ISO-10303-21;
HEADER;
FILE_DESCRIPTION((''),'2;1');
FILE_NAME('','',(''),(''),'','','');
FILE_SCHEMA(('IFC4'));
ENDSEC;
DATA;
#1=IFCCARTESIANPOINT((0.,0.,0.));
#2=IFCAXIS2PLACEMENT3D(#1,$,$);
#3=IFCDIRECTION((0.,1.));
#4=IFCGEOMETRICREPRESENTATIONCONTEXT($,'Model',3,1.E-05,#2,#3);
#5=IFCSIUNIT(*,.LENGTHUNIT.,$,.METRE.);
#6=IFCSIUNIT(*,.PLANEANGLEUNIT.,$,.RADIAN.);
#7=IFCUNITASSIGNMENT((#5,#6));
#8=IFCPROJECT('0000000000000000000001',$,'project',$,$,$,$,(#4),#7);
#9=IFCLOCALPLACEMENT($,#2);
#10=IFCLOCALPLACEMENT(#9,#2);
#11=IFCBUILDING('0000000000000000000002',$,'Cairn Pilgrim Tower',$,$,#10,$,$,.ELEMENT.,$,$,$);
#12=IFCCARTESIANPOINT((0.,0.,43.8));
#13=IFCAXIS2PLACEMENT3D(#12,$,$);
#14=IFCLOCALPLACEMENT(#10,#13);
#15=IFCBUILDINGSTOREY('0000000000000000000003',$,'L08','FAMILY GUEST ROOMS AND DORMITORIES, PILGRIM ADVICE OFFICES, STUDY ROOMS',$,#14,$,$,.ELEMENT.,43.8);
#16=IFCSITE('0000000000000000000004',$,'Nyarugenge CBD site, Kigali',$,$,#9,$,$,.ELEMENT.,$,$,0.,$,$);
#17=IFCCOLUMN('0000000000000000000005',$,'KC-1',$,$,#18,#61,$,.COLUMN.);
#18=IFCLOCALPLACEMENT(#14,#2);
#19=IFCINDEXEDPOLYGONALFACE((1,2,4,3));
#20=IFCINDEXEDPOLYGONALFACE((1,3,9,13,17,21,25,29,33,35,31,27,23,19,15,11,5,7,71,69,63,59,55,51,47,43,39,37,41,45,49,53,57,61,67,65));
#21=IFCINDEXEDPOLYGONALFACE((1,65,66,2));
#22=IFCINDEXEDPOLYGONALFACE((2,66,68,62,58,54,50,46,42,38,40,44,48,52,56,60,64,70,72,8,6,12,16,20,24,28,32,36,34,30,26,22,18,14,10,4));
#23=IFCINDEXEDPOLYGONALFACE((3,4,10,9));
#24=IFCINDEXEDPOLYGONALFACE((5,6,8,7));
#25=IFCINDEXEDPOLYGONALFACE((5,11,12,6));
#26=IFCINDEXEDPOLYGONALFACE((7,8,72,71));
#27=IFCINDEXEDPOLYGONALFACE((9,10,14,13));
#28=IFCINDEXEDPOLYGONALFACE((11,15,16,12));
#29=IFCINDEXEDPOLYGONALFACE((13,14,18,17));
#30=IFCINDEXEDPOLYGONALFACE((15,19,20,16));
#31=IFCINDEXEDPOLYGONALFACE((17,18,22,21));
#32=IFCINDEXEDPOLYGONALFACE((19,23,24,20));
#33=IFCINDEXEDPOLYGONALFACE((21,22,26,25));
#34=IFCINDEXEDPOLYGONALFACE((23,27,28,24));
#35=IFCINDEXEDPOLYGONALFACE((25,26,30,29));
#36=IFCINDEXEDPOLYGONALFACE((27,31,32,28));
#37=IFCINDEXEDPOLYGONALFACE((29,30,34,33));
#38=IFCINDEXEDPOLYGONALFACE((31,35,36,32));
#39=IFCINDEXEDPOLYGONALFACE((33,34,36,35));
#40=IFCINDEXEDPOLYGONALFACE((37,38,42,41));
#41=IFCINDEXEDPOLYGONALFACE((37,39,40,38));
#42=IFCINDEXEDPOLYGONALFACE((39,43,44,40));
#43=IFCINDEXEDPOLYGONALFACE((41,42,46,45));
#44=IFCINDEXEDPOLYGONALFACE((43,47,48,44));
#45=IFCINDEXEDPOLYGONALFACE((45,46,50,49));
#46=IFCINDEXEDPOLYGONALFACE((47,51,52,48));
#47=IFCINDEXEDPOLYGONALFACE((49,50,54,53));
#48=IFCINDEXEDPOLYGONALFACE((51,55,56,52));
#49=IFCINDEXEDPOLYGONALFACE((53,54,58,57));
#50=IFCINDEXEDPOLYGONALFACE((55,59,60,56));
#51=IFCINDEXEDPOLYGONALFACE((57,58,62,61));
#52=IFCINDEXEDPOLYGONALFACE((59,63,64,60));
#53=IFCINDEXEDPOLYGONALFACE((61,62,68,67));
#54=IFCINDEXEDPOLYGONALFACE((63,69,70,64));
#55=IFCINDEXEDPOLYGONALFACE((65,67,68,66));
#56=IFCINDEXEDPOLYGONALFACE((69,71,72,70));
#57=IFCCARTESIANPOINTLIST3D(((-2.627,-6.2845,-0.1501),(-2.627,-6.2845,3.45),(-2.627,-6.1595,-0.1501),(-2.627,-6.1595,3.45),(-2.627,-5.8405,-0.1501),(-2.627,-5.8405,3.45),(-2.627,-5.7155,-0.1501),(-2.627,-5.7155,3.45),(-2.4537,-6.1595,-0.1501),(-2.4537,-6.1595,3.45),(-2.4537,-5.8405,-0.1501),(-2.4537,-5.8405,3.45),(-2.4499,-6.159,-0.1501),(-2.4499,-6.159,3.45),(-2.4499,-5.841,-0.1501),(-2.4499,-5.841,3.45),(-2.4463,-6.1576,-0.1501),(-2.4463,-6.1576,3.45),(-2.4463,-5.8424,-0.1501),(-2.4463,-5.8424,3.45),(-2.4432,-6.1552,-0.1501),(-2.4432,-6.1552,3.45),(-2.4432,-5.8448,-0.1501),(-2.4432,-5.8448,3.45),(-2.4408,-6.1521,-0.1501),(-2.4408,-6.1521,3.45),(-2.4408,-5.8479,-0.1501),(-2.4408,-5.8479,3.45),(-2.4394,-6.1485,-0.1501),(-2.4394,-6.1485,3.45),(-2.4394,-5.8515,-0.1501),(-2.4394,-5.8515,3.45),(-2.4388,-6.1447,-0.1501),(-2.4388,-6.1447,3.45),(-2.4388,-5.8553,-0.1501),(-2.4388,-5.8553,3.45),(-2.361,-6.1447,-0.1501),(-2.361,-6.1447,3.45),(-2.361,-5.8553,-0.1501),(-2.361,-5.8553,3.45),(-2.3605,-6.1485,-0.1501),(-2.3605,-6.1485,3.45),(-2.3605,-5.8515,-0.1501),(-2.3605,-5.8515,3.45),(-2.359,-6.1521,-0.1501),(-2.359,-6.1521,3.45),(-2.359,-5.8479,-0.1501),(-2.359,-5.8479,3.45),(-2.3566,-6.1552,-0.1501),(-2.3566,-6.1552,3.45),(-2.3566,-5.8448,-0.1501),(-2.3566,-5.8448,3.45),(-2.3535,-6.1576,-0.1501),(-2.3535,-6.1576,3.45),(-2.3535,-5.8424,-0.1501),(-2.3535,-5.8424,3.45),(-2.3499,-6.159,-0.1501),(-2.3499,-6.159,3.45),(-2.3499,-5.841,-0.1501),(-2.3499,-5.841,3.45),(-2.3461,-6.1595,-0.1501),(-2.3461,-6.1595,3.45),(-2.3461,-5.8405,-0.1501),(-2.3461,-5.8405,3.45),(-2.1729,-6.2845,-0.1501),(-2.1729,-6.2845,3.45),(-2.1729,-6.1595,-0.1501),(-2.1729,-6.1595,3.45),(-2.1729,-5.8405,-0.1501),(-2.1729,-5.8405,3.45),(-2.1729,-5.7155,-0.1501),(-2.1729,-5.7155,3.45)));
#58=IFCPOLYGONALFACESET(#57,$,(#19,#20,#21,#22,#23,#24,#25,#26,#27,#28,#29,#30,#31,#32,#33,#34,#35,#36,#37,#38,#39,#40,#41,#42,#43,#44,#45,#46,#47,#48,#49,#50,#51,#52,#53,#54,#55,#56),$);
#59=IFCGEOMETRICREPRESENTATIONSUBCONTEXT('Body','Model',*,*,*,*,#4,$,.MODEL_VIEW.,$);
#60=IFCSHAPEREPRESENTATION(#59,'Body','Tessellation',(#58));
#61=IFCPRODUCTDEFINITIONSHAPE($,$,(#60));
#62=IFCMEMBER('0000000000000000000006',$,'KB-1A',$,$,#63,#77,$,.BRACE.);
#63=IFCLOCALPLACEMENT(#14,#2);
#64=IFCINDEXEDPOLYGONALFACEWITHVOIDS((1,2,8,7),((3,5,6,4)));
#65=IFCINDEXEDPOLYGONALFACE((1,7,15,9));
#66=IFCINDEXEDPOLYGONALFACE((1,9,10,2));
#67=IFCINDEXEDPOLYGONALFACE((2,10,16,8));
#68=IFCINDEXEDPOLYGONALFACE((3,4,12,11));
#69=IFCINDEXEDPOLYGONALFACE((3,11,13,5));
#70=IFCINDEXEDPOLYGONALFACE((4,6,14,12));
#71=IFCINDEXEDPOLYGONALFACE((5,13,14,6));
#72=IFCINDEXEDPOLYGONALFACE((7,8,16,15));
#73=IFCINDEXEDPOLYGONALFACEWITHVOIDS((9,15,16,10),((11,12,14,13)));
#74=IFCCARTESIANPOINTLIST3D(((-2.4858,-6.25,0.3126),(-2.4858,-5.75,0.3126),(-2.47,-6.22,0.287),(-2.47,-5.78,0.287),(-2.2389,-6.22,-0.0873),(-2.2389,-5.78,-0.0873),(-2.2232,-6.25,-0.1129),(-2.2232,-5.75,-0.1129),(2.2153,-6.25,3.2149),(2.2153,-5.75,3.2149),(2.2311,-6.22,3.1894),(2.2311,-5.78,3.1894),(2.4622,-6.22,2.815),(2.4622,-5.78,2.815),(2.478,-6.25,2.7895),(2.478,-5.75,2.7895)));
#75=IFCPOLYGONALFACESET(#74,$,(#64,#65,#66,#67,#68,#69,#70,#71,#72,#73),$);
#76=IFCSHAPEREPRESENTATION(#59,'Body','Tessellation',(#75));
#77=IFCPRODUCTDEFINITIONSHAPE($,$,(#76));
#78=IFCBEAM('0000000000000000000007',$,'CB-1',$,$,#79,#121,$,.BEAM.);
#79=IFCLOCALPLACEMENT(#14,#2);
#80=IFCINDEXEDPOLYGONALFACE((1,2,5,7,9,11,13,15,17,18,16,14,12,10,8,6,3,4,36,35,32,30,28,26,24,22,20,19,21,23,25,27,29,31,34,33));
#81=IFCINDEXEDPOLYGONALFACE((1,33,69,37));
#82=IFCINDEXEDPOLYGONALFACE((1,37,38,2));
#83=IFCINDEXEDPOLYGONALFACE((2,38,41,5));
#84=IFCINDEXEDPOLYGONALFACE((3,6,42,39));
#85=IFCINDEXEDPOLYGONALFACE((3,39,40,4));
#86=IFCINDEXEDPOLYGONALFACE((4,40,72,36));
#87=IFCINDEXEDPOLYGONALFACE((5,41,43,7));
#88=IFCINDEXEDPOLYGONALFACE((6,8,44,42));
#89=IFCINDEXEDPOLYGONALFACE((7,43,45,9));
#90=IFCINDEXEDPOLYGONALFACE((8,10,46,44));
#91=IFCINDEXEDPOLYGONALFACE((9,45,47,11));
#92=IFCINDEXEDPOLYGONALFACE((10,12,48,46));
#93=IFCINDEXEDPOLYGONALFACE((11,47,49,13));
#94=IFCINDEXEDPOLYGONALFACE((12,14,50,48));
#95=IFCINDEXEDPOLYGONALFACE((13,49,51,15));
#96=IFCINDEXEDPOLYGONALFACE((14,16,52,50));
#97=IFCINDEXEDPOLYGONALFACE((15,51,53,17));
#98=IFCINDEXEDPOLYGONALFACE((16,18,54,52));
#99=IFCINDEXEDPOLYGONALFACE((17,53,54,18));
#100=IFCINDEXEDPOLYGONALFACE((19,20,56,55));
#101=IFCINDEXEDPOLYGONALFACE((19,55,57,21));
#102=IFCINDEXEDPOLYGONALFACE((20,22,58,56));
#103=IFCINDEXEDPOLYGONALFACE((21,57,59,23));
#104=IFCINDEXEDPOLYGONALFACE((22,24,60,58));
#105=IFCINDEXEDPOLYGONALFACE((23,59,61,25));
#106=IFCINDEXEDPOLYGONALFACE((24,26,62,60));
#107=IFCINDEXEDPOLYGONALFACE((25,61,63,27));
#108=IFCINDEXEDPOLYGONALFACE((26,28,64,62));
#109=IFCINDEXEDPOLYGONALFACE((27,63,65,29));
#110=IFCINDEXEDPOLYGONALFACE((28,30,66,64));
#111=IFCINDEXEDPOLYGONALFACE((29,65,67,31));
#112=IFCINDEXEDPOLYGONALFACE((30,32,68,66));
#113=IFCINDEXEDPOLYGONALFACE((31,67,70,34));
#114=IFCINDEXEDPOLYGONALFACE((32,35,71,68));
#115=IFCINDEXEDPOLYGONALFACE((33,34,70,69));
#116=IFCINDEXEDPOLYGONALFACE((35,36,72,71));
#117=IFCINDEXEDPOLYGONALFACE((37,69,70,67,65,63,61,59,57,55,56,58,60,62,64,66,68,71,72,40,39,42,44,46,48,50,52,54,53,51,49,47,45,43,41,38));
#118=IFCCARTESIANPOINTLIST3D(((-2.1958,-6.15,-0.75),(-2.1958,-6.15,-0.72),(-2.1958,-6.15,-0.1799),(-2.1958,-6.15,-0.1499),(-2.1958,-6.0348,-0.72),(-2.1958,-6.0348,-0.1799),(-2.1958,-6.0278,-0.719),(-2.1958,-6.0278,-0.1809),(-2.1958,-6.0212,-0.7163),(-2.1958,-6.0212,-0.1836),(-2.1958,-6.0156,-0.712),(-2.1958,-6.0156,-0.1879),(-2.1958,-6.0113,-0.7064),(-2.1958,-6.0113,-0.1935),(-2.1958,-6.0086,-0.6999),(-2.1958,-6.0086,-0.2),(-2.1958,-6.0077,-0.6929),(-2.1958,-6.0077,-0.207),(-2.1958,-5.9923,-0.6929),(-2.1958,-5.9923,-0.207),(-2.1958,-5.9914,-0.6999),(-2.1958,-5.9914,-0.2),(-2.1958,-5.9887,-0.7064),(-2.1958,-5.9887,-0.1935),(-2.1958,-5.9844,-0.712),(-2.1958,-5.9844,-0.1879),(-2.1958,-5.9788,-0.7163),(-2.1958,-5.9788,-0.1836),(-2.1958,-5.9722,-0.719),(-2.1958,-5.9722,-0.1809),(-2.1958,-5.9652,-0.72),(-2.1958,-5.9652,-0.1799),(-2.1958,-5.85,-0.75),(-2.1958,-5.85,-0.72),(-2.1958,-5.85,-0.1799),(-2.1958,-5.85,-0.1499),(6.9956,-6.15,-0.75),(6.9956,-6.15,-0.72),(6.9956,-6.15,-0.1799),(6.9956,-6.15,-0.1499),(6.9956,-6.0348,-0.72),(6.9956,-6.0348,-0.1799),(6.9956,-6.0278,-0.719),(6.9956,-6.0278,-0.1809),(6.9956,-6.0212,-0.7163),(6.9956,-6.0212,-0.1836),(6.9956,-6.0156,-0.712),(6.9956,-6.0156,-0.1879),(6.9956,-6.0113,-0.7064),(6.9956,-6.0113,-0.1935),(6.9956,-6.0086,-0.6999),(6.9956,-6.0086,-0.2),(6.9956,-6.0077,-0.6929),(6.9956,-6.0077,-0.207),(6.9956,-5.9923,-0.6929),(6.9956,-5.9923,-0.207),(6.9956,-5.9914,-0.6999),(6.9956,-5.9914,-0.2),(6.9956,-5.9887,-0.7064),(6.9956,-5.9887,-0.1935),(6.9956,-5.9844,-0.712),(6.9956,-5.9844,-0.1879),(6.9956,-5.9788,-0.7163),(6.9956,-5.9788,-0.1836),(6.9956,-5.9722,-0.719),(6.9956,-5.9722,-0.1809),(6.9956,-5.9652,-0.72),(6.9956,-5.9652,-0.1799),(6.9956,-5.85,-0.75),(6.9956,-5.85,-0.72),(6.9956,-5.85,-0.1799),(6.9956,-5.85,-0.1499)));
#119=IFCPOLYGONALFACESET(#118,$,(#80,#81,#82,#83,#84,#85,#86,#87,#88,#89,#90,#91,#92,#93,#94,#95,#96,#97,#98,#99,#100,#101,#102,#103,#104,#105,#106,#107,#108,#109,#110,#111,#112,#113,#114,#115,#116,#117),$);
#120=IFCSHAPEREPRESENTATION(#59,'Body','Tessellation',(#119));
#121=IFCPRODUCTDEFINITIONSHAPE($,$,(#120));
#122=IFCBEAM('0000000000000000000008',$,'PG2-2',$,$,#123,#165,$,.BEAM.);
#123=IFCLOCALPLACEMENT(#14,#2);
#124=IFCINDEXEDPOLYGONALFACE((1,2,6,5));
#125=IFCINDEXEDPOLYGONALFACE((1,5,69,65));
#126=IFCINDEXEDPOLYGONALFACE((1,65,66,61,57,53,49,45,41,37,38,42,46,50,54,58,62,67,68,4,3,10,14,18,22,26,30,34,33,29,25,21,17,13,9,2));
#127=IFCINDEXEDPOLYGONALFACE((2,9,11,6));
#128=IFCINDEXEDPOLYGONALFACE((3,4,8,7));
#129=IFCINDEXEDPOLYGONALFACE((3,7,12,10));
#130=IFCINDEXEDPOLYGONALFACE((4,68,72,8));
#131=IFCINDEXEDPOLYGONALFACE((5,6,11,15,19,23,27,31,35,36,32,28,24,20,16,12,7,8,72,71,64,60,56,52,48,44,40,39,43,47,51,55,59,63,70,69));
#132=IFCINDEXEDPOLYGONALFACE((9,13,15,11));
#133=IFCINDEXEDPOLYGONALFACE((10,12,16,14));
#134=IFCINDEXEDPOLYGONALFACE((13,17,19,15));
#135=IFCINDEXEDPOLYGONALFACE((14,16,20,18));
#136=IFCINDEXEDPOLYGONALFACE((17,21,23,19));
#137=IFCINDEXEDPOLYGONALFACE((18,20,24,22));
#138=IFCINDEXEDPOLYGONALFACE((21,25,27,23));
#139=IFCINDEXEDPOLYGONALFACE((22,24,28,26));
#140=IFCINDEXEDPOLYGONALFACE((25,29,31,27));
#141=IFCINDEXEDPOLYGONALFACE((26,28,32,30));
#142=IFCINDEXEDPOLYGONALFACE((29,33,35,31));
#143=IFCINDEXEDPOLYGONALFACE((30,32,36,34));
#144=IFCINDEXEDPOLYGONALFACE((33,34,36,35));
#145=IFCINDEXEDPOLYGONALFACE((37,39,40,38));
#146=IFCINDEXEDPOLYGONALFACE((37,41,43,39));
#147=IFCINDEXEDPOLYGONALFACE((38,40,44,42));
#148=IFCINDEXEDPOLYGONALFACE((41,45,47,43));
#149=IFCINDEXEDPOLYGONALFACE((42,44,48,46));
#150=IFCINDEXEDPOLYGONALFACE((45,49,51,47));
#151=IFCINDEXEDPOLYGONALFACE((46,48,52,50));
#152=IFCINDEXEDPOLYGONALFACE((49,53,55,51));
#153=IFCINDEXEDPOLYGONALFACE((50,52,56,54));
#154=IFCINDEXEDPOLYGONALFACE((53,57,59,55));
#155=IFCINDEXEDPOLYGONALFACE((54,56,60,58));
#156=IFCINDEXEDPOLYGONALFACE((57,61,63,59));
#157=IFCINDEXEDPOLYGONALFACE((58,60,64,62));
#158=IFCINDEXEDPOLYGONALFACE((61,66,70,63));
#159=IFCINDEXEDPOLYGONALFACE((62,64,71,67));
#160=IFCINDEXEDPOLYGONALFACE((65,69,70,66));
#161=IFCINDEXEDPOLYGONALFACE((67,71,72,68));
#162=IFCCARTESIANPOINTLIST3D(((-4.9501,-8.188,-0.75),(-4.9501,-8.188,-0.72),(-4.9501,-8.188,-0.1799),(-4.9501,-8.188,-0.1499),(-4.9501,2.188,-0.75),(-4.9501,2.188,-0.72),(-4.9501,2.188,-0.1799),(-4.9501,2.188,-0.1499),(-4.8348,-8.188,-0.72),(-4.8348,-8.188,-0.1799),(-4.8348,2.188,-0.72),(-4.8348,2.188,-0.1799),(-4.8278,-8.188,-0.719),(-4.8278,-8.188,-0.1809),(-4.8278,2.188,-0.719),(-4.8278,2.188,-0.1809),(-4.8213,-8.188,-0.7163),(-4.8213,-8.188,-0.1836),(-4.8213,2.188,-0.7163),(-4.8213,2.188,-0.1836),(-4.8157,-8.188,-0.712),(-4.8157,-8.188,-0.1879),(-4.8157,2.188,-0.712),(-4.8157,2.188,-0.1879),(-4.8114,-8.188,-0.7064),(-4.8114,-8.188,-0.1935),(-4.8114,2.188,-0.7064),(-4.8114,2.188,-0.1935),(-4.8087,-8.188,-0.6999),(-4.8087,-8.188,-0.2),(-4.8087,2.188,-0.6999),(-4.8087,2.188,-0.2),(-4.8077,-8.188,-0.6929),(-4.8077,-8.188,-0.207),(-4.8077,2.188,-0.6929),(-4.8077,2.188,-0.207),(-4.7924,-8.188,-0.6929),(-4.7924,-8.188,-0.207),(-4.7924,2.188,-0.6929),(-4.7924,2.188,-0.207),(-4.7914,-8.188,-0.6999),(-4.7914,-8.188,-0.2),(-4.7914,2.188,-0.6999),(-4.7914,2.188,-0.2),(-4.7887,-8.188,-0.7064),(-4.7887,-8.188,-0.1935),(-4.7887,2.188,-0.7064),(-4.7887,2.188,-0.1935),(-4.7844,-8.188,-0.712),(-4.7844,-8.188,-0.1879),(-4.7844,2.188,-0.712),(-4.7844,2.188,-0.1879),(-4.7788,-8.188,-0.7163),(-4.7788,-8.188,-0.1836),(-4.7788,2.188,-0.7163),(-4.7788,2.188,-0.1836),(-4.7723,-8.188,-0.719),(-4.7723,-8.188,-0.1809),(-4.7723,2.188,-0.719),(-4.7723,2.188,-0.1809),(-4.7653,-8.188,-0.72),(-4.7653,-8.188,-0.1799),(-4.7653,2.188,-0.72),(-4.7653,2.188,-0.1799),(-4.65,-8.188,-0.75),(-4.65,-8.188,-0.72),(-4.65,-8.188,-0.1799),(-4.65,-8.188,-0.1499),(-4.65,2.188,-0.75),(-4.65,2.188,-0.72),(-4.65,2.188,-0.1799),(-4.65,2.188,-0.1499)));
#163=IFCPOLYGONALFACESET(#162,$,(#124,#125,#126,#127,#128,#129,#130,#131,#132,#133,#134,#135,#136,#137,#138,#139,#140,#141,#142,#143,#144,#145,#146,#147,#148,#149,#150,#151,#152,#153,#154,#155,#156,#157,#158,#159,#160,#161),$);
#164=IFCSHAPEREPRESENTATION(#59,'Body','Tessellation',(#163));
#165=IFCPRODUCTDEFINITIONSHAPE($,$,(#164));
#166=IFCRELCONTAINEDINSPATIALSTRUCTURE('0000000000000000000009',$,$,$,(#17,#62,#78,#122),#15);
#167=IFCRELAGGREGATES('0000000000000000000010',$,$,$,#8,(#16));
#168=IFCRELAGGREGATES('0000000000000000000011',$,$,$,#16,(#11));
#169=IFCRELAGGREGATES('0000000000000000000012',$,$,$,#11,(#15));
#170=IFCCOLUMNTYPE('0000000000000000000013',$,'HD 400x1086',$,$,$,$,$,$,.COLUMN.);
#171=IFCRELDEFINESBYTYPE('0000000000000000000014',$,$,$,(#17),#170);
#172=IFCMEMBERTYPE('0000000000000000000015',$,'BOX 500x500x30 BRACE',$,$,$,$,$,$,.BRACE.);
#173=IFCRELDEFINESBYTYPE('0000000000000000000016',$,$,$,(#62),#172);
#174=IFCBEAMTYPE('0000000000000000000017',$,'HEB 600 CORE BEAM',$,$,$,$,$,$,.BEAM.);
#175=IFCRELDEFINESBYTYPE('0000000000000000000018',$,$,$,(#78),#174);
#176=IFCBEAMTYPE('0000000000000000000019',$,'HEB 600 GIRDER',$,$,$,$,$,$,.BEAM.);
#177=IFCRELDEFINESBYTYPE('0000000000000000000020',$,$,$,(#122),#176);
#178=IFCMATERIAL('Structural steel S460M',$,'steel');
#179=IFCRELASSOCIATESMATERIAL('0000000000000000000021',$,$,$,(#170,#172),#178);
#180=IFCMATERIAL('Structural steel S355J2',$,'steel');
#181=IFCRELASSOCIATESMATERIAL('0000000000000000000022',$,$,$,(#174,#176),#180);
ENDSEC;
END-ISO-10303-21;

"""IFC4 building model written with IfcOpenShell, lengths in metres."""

from ifc_helpers import new_model, si_unit, direction, frame, origin, origin_2d, place, context, subcontext, project, spatial, hollow_rectangle, i_section, extrude, material, material_profile, profile_set, type_object, element, save


model = new_model("IFC4")

# Units and contexts
model_context = context("Model", 3, precision=1e-05, world=origin(), true_north=direction((0.0, 1.0)))
body_context = subcontext(model_context, "Body", "Model", "MODEL_VIEW")
ifc_project = project(units=[si_unit("LENGTHUNIT", "METRE"), si_unit("PLANEANGLEUNIT", "RADIAN")], contexts=[model_context])

# Site, building, storey
site_placement = place(None, origin())
site = spatial("IfcSite", under=ifc_project, at=site_placement, Name="Nyarugenge CBD site, Kigali", CompositionType="ELEMENT", RefElevation=0.0)
building_placement = place(site_placement, origin())
building = spatial("IfcBuilding", under=site, at=building_placement, Name="Cairn Pilgrim Tower", CompositionType="ELEMENT")
storey_placement = place(building_placement, frame((0.0, 0.0, 43.8)))
storey = spatial("IfcBuildingStorey", under=building, at=storey_placement, Name="L08", Description="FAMILY GUEST ROOMS AND DORMITORIES, PILGRIM ADVICE OFFICES, STUDY ROOMS", CompositionType="ELEMENT", Elevation=43.8)

# Column
ifc_material_1 = material(Name="Structural steel S460M", Category="steel")
ifc_material_profile_1 = material_profile(ifc_material_1, i_section(OverallWidth=0.4541, OverallDepth=0.5691, WebThickness=0.0779, FlangeThickness=0.125, FilletRadius=0.0149, at=origin_2d()), Name="HD 400x1086")
ifc_profile_set_1 = profile_set([ifc_material_profile_1], Name="Structural steel S460M")
column_type = type_object("IfcColumnType", Name="HD 400x1086", PredefinedType="COLUMN", material=ifc_profile_set_1)
column_placement = place(storey_placement, frame((-2.3999, -6.0, -0.1501), z_axis=(0.0, 0.0, 1.0), x_axis=(1.0, 0.0, 0.0)))
element("IfcColumn", 1, at=column_placement, inside=storey, type_object=column_type, Name="KC-1", PredefinedType="COLUMN", context=body_context, shape_type="SweptSolid", body=[
    extrude(i_section(OverallWidth=0.4541, OverallDepth=0.5691, WebThickness=0.0779, FlangeThickness=0.125, FilletRadius=0.0149, at=origin_2d()), origin(), (0.0, 0.0, 1.0), 3.6001),
])

# Member
ifc_material_profile_2 = material_profile(ifc_material_1, hollow_rectangle(XDim=0.5, YDim=0.5, WallThickness=0.03, at=origin_2d()), Name="BOX 500x500x30")
ifc_profile_set_2 = profile_set([ifc_material_profile_2], Name="Structural steel S460M")
member_type = type_object("IfcMemberType", Name="BOX 500x500x30 BRACE", PredefinedType="BRACE", material=ifc_profile_set_2)
member_placement = place(storey_placement, frame((-2.3545, -6.0, 0.0999), z_axis=(0.850905, 0.0, 0.52532), x_axis=(0.0, 1.0, 0.0)))
element("IfcMember", 2, at=member_placement, inside=storey, type_object=member_type, Name="KB-1A", PredefinedType="BRACE", context=body_context, shape_type="SweptSolid", body=[
    extrude(hollow_rectangle(XDim=0.5, YDim=0.5, WallThickness=0.03, at=origin_2d()), origin(), (0.0, 0.0, 1.0), 5.5249),
])

# Beams
ifc_material_2 = material(Name="Structural steel S355J2", Category="steel")
ifc_material_profile_3 = material_profile(ifc_material_2, i_section(OverallWidth=0.3, OverallDepth=0.6001, WebThickness=0.0154, FlangeThickness=0.03, FilletRadius=0.0271, at=origin_2d()), Name="HEB 600")
ifc_profile_set_3 = profile_set([ifc_material_profile_3], Name="Structural steel S355J2")
beam_type_1 = type_object("IfcBeamType", Name="HEB 600 CORE BEAM", PredefinedType="BEAM", material=ifc_profile_set_3)
beam_1_placement = place(storey_placement, frame((-2.1958, -6.0, -0.45), z_axis=(1.0, 0.0, 0.0), x_axis=(0.0, 1.0, 0.0)))
element("IfcBeam", 3, at=beam_1_placement, inside=storey, type_object=beam_type_1, Name="CB-1", PredefinedType="BEAM", context=body_context, shape_type="SweptSolid", body=[
    extrude(i_section(OverallWidth=0.3, OverallDepth=0.6001, WebThickness=0.0154, FlangeThickness=0.03, FilletRadius=0.0271, at=origin_2d()), origin(), (0.0, 0.0, 1.0), 9.1914),
])
ifc_material_profile_4 = material_profile(ifc_material_2, i_section(OverallWidth=0.3, OverallDepth=0.6001, WebThickness=0.0154, FlangeThickness=0.03, FilletRadius=0.0271, at=origin_2d()), Name="HEB 600")
ifc_profile_set_4 = profile_set([ifc_material_profile_4], Name="Structural steel S355J2")
beam_type_2 = type_object("IfcBeamType", Name="HEB 600 GIRDER", PredefinedType="BEAM", material=ifc_profile_set_4)
beam_2_placement = place(storey_placement, frame((-4.8, -8.188, -0.45), z_axis=(0.0, 1.0, 0.0), x_axis=(-1.0, 0.0, 0.0)))
element("IfcBeam", 4, at=beam_2_placement, inside=storey, type_object=beam_type_2, Name="PG2-2", PredefinedType="BEAM", context=body_context, shape_type="SweptSolid", body=[
    extrude(i_section(OverallWidth=0.3, OverallDepth=0.6001, WebThickness=0.0154, FlangeThickness=0.03, FilletRadius=0.0271, at=origin_2d()), origin(), (0.0, 0.0, 1.0), 10.376),
])

save(model, "model.ifc")
